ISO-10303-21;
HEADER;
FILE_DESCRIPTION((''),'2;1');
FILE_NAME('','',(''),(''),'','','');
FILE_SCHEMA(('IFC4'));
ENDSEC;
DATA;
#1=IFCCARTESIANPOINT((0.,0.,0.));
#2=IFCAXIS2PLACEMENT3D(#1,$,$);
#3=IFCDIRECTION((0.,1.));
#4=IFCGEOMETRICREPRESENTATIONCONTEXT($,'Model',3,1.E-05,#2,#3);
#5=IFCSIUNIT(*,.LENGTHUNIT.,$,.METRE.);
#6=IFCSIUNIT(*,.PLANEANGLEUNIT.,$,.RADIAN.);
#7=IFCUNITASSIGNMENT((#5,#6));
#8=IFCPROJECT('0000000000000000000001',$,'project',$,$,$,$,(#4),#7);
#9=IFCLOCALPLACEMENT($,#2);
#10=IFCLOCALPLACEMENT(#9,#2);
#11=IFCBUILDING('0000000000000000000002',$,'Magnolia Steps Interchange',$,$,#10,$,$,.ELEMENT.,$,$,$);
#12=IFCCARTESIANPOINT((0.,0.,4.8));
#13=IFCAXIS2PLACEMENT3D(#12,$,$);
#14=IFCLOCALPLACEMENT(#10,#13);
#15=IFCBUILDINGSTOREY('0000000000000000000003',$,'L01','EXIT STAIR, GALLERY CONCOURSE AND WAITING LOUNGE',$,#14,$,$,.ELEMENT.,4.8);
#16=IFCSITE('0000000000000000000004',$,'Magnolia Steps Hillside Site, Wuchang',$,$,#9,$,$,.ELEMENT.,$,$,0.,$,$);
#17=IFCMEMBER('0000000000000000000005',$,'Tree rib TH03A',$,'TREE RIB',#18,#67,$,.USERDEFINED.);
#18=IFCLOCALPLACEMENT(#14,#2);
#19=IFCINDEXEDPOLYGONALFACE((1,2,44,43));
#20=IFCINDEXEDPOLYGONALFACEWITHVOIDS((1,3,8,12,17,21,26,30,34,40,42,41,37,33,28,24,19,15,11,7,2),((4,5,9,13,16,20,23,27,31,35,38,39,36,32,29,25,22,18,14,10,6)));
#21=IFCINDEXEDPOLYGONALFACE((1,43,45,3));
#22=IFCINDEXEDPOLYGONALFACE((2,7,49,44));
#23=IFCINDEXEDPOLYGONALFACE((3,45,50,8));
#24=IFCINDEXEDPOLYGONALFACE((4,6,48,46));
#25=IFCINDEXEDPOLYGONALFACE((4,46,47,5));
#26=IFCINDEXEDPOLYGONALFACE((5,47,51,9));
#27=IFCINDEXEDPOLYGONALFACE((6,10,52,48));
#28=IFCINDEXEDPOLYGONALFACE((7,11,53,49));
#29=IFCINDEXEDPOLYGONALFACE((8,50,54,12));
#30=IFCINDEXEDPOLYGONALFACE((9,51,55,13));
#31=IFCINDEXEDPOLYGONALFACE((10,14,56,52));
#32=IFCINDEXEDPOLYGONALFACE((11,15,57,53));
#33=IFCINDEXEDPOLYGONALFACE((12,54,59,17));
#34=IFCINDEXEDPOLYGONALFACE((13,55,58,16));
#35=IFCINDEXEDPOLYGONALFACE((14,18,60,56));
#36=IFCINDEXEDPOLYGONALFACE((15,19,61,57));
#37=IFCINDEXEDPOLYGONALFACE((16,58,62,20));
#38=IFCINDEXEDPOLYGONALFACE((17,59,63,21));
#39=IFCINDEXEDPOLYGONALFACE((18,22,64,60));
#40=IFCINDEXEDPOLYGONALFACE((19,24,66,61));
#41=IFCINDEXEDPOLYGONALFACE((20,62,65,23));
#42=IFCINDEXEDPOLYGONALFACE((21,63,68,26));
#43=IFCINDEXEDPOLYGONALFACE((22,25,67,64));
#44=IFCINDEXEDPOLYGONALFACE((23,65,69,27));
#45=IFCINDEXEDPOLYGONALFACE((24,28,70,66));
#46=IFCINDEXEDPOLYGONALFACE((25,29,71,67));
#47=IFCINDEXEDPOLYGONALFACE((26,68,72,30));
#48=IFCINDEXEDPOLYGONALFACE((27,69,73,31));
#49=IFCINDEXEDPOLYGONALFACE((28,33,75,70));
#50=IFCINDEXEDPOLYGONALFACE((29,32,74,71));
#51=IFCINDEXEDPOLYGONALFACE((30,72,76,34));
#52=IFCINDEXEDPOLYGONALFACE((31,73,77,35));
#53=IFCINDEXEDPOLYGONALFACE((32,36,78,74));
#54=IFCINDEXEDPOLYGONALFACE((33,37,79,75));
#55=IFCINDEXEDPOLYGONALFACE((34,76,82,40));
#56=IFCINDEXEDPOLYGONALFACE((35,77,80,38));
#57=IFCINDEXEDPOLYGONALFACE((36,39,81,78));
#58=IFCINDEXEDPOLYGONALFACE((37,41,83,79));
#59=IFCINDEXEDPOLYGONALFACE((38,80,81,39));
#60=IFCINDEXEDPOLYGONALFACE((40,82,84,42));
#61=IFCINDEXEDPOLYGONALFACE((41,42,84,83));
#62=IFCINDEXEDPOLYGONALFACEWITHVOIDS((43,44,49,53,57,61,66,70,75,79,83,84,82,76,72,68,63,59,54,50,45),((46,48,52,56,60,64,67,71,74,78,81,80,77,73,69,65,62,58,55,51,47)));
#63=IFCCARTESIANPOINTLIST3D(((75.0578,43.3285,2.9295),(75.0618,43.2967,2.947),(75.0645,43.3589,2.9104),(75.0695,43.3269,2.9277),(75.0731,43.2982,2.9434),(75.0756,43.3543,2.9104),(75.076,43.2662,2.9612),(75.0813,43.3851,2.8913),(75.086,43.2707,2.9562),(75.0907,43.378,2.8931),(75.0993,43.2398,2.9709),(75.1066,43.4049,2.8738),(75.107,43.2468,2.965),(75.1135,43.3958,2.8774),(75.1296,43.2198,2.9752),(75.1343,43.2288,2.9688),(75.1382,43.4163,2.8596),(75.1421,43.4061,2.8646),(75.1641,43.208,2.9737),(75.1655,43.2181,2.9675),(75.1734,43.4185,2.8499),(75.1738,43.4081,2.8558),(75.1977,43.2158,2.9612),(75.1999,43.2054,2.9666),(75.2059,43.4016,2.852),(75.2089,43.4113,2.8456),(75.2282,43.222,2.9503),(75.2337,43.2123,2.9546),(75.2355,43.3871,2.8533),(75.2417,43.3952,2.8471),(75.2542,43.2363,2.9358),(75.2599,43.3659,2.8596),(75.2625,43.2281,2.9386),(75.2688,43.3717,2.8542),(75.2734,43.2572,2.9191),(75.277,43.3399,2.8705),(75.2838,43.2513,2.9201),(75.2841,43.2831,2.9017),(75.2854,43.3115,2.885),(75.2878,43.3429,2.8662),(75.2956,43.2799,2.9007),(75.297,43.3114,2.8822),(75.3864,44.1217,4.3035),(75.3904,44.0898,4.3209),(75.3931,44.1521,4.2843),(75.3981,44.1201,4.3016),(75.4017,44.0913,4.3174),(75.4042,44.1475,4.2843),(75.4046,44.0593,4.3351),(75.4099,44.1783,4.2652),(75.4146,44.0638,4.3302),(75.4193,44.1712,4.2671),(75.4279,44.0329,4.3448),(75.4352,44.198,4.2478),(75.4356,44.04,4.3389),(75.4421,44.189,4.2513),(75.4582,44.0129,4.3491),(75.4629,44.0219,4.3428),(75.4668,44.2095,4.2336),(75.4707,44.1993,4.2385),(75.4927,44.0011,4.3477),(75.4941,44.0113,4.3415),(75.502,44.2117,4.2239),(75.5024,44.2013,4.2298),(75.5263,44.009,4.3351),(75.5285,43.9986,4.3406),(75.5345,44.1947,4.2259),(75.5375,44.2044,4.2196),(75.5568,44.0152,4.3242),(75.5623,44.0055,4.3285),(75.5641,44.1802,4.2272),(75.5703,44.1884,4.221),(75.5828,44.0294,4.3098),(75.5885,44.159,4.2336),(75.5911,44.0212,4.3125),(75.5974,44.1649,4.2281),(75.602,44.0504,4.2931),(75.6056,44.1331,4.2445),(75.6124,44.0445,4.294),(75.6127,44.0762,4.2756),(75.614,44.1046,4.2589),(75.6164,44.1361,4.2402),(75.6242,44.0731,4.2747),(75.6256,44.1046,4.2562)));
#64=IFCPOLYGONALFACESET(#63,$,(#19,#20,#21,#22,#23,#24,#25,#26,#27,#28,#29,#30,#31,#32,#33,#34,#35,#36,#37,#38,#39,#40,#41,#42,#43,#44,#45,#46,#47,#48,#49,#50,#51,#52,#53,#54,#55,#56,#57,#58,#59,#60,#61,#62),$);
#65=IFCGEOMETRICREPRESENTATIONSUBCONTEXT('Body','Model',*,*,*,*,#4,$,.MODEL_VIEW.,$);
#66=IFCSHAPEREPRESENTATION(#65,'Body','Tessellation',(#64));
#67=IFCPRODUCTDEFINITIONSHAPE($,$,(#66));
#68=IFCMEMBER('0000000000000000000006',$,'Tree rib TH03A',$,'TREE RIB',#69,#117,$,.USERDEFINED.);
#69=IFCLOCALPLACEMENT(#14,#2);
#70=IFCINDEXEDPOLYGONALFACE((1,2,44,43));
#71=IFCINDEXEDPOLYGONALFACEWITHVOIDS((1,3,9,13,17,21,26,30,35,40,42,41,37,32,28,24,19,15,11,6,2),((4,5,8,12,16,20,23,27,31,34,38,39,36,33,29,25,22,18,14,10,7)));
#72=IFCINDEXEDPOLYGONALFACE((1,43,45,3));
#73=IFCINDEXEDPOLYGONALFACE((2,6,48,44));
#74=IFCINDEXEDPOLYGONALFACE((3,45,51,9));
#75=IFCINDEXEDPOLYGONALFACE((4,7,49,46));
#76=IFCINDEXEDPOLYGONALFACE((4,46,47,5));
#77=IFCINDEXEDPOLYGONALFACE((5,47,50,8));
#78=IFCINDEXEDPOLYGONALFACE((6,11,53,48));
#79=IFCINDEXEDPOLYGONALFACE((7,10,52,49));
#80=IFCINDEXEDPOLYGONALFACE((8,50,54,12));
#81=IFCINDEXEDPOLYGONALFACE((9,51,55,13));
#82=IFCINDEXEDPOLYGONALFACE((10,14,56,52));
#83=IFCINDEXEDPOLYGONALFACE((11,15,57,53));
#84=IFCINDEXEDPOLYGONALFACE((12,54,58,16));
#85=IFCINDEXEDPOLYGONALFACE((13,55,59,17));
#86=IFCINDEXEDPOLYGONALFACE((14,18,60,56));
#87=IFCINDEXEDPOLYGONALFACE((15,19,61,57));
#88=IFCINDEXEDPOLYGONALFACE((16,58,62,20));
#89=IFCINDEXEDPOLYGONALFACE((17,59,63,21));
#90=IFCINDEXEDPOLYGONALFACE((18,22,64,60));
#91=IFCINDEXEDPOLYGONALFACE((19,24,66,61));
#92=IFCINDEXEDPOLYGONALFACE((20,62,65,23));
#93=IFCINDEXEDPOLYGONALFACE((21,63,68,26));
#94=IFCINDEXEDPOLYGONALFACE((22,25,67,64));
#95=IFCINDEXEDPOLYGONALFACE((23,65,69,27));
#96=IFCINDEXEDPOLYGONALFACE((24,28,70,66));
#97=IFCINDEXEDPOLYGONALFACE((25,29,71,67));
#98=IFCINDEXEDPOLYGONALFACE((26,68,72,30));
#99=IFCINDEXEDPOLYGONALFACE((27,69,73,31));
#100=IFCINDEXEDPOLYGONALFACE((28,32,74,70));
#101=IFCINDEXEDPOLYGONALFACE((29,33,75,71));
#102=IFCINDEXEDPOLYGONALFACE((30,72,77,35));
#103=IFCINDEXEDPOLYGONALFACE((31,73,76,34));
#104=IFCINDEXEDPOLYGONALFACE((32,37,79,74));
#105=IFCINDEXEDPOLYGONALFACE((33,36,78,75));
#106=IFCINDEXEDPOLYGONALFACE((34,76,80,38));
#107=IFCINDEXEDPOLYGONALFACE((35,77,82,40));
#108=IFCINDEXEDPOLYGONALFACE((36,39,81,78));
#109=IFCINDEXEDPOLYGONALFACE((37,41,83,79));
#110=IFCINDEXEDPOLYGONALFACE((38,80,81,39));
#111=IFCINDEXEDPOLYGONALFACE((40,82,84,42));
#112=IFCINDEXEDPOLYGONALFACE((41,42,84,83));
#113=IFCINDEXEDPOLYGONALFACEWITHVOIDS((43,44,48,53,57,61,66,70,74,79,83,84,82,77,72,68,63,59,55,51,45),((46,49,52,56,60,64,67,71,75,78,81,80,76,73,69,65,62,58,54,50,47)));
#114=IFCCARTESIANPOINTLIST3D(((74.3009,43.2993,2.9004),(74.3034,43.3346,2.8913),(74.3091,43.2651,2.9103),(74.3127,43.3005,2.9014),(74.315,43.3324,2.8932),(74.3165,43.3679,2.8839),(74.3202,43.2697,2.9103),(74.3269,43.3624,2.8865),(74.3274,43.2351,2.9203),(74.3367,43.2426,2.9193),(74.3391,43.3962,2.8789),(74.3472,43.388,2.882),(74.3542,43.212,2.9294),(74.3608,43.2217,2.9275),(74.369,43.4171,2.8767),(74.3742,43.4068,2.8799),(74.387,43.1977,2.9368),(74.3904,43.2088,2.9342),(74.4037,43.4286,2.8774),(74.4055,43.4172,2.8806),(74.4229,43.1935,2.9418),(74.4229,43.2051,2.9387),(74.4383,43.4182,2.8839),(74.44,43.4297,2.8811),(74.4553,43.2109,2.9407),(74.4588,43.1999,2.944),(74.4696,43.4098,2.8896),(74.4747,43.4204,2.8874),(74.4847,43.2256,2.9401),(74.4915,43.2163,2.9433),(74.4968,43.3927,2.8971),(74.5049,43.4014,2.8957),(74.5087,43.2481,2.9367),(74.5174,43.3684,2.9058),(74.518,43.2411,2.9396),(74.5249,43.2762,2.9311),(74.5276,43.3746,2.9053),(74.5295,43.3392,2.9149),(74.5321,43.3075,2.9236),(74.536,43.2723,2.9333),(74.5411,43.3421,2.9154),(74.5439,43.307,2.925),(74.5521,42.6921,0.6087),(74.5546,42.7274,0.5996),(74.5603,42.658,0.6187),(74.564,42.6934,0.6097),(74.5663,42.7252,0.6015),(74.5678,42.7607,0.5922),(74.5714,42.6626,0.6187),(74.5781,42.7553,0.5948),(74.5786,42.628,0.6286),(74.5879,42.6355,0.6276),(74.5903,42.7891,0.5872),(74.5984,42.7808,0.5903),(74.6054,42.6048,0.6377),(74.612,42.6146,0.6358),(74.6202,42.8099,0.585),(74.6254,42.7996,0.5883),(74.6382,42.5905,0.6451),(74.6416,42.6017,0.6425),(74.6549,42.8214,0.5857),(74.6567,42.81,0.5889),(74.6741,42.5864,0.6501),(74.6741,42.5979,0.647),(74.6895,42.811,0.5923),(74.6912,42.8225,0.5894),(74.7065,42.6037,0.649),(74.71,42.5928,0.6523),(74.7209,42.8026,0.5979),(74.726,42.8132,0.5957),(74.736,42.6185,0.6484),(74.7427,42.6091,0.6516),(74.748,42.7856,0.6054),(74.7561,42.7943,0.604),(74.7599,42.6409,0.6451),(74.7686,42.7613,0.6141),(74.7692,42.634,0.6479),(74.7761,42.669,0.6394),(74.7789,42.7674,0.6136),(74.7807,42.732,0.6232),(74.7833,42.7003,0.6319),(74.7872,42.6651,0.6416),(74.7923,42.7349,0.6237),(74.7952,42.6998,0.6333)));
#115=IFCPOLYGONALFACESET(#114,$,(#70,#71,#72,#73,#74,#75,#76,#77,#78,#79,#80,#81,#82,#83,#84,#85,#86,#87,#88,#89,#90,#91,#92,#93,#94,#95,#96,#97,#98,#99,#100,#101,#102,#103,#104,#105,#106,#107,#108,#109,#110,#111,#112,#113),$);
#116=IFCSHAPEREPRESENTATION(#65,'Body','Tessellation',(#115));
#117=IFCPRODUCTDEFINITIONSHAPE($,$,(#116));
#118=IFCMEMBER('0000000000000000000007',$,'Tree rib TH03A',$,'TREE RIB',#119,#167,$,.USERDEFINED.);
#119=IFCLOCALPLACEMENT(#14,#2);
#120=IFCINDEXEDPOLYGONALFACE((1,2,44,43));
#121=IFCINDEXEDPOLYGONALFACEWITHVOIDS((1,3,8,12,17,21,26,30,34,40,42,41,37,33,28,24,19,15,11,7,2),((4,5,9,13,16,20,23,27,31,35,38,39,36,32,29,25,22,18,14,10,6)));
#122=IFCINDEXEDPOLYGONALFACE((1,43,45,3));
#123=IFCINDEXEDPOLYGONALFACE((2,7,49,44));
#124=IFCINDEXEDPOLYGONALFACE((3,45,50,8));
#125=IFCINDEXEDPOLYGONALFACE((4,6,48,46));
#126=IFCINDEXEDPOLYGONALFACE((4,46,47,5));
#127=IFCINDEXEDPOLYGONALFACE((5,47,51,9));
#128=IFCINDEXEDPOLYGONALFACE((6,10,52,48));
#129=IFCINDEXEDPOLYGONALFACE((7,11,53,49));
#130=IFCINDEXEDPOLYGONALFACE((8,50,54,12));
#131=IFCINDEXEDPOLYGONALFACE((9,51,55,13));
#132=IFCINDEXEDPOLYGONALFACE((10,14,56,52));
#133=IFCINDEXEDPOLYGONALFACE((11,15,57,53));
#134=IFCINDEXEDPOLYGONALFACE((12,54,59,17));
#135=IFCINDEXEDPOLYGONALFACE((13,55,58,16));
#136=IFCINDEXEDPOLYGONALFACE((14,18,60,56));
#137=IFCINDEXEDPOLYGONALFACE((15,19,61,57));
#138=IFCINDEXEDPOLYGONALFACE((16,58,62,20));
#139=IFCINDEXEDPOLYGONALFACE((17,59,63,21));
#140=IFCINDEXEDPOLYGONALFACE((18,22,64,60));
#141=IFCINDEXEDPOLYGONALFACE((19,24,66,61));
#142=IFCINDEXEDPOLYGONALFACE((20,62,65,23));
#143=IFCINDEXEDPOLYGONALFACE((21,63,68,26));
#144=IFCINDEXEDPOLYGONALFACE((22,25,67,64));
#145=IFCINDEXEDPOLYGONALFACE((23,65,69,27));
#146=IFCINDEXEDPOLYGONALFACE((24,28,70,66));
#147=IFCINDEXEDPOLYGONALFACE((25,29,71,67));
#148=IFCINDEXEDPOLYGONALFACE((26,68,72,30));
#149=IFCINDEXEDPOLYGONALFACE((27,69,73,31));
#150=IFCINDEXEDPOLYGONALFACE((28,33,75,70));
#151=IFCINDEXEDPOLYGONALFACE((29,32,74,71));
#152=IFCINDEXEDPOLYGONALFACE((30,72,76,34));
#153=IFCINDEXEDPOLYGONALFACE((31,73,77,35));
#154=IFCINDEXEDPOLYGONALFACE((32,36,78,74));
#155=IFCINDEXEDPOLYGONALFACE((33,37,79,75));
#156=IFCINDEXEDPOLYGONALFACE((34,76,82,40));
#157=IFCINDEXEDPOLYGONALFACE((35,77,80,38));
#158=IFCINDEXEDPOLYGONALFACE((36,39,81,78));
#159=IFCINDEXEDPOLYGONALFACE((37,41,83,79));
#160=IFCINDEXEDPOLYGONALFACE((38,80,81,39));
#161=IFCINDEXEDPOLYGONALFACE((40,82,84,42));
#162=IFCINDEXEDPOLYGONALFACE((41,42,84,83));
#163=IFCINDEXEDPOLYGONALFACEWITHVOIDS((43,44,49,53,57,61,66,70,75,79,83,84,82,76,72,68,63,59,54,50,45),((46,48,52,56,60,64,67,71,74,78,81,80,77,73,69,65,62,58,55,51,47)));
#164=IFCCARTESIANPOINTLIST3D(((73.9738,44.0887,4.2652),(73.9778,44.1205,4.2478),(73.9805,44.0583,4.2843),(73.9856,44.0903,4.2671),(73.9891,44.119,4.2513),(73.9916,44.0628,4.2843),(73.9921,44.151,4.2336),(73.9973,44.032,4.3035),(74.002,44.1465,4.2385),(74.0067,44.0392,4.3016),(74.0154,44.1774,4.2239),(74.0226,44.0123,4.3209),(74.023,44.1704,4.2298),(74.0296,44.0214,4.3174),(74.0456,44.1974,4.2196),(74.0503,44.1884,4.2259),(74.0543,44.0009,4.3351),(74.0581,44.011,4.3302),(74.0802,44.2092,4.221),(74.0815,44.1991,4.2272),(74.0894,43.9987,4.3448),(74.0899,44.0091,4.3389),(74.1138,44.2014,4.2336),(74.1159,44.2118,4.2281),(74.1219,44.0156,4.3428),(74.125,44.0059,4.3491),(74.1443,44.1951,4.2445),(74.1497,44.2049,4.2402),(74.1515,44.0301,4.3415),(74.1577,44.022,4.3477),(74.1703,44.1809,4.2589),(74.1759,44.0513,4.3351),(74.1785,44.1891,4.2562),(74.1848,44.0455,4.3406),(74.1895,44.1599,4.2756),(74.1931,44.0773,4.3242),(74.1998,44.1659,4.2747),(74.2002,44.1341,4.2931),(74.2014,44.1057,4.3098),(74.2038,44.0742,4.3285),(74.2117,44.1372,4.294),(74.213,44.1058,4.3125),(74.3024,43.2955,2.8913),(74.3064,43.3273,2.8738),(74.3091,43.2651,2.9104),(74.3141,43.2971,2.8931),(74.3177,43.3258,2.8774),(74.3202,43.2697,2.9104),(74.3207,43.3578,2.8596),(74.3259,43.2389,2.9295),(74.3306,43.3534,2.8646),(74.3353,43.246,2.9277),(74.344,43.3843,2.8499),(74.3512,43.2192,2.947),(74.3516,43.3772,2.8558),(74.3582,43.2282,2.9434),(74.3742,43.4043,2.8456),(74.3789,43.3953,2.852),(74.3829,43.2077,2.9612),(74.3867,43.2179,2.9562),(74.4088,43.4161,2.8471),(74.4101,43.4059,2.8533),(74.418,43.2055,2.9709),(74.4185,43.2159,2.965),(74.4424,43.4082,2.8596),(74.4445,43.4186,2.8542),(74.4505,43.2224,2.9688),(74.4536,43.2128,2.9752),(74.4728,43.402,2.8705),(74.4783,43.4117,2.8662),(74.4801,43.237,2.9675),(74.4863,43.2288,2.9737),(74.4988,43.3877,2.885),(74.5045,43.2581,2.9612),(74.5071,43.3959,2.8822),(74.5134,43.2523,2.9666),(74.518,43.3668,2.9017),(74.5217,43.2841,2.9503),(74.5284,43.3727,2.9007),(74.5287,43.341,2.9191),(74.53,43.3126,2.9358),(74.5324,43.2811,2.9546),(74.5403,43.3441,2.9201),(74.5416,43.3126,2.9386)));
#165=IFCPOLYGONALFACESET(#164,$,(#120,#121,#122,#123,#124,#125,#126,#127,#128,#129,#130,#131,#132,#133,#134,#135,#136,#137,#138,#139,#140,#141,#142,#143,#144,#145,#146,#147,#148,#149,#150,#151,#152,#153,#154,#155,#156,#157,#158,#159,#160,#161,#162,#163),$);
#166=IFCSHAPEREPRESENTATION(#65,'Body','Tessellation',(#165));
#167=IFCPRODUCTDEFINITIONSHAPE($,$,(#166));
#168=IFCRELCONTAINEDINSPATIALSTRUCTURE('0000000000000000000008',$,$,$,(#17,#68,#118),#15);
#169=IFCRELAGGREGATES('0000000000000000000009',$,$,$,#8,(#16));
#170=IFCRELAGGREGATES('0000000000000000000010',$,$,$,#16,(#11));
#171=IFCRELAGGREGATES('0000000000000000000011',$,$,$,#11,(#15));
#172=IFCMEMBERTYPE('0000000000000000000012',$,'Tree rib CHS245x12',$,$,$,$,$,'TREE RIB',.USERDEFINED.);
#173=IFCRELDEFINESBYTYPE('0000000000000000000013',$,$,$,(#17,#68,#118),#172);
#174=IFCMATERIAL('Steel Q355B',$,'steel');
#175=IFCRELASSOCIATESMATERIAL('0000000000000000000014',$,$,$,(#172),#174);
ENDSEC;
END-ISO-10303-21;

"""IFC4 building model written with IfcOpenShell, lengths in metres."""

from ifc_helpers import new_model, si_unit, direction, frame, origin, origin_2d, place, context, subcontext, project, spatial, hollow_circle, extrude, material, material_profile, profile_set, type_object, element, save


model = new_model("IFC4")

# Units and contexts
model_context = context("Model", 3, precision=1e-05, world=origin(), true_north=direction((0.0, 1.0)))
body_context = subcontext(model_context, "Body", "Model", "MODEL_VIEW")
ifc_project = project(units=[si_unit("LENGTHUNIT", "METRE"), si_unit("PLANEANGLEUNIT", "RADIAN")], contexts=[model_context])

# Site, building, storey
site_placement = place(None, origin())
site = spatial("IfcSite", under=ifc_project, at=site_placement, Name="Magnolia Steps Hillside Site, Wuchang", CompositionType="ELEMENT", RefElevation=0.0)
building_placement = place(site_placement, origin())
building = spatial("IfcBuilding", under=site, at=building_placement, Name="Magnolia Steps Interchange", CompositionType="ELEMENT")
storey_placement = place(building_placement, frame((0.0, 0.0, 4.8)))
storey = spatial("IfcBuildingStorey", under=building, at=storey_placement, Name="L01", Description="EXIT STAIR, GALLERY CONCOURSE AND WAITING LOUNGE", CompositionType="ELEMENT", Elevation=4.8)

# Members
ifc_material_1 = material(Name="Steel Q355B", Category="steel")
ifc_material_profile_1 = material_profile(ifc_material_1, hollow_circle(Radius=0.1226, WallThickness=0.012, at=origin_2d()), Name="CHS245x12")
ifc_profile_set_1 = profile_set([ifc_material_profile_1], Name="Steel Q355B")
member_type_1 = type_object("IfcMemberType", Name="Tree rib CHS245x12", ElementType="TREE RIB", PredefinedType="USERDEFINED", material=ifc_profile_set_1)
member_1_placement = place(storey_placement, frame((75.1777, 43.312, 2.9104), z_axis=(0.20282, 0.489571, 0.848047), x_axis=(-0.923857, 0.382737, 0.0)))
element("IfcMember", 1, at=member_1_placement, inside=storey, type_object=member_type_1, Name="Tree rib TH03A", ObjectType="TREE RIB", PredefinedType="USERDEFINED", context=body_context, shape_type="SweptSolid", body=[
    extrude(hollow_circle(Radius=0.1226, WallThickness=0.012, at=origin_2d()), origin(), (0.0, 0.0, 1.0), 1.6201),
])
member_2_placement = place(storey_placement, frame((74.6736, 42.7048, 0.6187), z_axis=(-0.105374, 0.254679, 0.961267), x_axis=(-0.92403, -0.382319, 0.0)))
element("IfcMember", 2, at=member_2_placement, inside=storey, type_object=member_type_1, Name="Tree rib TH03A", ObjectType="TREE RIB", PredefinedType="USERDEFINED", context=body_context, shape_type="SweptSolid", body=[
    extrude(hollow_circle(Radius=0.1226, WallThickness=0.012, at=origin_2d()), origin(), (0.0, 0.0, 1.0), 2.384),
])
member_3_placement = place(storey_placement, frame((74.4224, 43.312, 2.9104), z_axis=(-0.20282, 0.489571, 0.848047), x_axis=(-0.923857, -0.382737, 0.0)))
element("IfcMember", 3, at=member_3_placement, inside=storey, type_object=member_type_1, Name="Tree rib TH03A", ObjectType="TREE RIB", PredefinedType="USERDEFINED", context=body_context, shape_type="SweptSolid", body=[
    extrude(hollow_circle(Radius=0.1226, WallThickness=0.012, at=origin_2d()), origin(), (0.0, 0.0, 1.0), 1.6201),
])

save(model, "model.ifc")
